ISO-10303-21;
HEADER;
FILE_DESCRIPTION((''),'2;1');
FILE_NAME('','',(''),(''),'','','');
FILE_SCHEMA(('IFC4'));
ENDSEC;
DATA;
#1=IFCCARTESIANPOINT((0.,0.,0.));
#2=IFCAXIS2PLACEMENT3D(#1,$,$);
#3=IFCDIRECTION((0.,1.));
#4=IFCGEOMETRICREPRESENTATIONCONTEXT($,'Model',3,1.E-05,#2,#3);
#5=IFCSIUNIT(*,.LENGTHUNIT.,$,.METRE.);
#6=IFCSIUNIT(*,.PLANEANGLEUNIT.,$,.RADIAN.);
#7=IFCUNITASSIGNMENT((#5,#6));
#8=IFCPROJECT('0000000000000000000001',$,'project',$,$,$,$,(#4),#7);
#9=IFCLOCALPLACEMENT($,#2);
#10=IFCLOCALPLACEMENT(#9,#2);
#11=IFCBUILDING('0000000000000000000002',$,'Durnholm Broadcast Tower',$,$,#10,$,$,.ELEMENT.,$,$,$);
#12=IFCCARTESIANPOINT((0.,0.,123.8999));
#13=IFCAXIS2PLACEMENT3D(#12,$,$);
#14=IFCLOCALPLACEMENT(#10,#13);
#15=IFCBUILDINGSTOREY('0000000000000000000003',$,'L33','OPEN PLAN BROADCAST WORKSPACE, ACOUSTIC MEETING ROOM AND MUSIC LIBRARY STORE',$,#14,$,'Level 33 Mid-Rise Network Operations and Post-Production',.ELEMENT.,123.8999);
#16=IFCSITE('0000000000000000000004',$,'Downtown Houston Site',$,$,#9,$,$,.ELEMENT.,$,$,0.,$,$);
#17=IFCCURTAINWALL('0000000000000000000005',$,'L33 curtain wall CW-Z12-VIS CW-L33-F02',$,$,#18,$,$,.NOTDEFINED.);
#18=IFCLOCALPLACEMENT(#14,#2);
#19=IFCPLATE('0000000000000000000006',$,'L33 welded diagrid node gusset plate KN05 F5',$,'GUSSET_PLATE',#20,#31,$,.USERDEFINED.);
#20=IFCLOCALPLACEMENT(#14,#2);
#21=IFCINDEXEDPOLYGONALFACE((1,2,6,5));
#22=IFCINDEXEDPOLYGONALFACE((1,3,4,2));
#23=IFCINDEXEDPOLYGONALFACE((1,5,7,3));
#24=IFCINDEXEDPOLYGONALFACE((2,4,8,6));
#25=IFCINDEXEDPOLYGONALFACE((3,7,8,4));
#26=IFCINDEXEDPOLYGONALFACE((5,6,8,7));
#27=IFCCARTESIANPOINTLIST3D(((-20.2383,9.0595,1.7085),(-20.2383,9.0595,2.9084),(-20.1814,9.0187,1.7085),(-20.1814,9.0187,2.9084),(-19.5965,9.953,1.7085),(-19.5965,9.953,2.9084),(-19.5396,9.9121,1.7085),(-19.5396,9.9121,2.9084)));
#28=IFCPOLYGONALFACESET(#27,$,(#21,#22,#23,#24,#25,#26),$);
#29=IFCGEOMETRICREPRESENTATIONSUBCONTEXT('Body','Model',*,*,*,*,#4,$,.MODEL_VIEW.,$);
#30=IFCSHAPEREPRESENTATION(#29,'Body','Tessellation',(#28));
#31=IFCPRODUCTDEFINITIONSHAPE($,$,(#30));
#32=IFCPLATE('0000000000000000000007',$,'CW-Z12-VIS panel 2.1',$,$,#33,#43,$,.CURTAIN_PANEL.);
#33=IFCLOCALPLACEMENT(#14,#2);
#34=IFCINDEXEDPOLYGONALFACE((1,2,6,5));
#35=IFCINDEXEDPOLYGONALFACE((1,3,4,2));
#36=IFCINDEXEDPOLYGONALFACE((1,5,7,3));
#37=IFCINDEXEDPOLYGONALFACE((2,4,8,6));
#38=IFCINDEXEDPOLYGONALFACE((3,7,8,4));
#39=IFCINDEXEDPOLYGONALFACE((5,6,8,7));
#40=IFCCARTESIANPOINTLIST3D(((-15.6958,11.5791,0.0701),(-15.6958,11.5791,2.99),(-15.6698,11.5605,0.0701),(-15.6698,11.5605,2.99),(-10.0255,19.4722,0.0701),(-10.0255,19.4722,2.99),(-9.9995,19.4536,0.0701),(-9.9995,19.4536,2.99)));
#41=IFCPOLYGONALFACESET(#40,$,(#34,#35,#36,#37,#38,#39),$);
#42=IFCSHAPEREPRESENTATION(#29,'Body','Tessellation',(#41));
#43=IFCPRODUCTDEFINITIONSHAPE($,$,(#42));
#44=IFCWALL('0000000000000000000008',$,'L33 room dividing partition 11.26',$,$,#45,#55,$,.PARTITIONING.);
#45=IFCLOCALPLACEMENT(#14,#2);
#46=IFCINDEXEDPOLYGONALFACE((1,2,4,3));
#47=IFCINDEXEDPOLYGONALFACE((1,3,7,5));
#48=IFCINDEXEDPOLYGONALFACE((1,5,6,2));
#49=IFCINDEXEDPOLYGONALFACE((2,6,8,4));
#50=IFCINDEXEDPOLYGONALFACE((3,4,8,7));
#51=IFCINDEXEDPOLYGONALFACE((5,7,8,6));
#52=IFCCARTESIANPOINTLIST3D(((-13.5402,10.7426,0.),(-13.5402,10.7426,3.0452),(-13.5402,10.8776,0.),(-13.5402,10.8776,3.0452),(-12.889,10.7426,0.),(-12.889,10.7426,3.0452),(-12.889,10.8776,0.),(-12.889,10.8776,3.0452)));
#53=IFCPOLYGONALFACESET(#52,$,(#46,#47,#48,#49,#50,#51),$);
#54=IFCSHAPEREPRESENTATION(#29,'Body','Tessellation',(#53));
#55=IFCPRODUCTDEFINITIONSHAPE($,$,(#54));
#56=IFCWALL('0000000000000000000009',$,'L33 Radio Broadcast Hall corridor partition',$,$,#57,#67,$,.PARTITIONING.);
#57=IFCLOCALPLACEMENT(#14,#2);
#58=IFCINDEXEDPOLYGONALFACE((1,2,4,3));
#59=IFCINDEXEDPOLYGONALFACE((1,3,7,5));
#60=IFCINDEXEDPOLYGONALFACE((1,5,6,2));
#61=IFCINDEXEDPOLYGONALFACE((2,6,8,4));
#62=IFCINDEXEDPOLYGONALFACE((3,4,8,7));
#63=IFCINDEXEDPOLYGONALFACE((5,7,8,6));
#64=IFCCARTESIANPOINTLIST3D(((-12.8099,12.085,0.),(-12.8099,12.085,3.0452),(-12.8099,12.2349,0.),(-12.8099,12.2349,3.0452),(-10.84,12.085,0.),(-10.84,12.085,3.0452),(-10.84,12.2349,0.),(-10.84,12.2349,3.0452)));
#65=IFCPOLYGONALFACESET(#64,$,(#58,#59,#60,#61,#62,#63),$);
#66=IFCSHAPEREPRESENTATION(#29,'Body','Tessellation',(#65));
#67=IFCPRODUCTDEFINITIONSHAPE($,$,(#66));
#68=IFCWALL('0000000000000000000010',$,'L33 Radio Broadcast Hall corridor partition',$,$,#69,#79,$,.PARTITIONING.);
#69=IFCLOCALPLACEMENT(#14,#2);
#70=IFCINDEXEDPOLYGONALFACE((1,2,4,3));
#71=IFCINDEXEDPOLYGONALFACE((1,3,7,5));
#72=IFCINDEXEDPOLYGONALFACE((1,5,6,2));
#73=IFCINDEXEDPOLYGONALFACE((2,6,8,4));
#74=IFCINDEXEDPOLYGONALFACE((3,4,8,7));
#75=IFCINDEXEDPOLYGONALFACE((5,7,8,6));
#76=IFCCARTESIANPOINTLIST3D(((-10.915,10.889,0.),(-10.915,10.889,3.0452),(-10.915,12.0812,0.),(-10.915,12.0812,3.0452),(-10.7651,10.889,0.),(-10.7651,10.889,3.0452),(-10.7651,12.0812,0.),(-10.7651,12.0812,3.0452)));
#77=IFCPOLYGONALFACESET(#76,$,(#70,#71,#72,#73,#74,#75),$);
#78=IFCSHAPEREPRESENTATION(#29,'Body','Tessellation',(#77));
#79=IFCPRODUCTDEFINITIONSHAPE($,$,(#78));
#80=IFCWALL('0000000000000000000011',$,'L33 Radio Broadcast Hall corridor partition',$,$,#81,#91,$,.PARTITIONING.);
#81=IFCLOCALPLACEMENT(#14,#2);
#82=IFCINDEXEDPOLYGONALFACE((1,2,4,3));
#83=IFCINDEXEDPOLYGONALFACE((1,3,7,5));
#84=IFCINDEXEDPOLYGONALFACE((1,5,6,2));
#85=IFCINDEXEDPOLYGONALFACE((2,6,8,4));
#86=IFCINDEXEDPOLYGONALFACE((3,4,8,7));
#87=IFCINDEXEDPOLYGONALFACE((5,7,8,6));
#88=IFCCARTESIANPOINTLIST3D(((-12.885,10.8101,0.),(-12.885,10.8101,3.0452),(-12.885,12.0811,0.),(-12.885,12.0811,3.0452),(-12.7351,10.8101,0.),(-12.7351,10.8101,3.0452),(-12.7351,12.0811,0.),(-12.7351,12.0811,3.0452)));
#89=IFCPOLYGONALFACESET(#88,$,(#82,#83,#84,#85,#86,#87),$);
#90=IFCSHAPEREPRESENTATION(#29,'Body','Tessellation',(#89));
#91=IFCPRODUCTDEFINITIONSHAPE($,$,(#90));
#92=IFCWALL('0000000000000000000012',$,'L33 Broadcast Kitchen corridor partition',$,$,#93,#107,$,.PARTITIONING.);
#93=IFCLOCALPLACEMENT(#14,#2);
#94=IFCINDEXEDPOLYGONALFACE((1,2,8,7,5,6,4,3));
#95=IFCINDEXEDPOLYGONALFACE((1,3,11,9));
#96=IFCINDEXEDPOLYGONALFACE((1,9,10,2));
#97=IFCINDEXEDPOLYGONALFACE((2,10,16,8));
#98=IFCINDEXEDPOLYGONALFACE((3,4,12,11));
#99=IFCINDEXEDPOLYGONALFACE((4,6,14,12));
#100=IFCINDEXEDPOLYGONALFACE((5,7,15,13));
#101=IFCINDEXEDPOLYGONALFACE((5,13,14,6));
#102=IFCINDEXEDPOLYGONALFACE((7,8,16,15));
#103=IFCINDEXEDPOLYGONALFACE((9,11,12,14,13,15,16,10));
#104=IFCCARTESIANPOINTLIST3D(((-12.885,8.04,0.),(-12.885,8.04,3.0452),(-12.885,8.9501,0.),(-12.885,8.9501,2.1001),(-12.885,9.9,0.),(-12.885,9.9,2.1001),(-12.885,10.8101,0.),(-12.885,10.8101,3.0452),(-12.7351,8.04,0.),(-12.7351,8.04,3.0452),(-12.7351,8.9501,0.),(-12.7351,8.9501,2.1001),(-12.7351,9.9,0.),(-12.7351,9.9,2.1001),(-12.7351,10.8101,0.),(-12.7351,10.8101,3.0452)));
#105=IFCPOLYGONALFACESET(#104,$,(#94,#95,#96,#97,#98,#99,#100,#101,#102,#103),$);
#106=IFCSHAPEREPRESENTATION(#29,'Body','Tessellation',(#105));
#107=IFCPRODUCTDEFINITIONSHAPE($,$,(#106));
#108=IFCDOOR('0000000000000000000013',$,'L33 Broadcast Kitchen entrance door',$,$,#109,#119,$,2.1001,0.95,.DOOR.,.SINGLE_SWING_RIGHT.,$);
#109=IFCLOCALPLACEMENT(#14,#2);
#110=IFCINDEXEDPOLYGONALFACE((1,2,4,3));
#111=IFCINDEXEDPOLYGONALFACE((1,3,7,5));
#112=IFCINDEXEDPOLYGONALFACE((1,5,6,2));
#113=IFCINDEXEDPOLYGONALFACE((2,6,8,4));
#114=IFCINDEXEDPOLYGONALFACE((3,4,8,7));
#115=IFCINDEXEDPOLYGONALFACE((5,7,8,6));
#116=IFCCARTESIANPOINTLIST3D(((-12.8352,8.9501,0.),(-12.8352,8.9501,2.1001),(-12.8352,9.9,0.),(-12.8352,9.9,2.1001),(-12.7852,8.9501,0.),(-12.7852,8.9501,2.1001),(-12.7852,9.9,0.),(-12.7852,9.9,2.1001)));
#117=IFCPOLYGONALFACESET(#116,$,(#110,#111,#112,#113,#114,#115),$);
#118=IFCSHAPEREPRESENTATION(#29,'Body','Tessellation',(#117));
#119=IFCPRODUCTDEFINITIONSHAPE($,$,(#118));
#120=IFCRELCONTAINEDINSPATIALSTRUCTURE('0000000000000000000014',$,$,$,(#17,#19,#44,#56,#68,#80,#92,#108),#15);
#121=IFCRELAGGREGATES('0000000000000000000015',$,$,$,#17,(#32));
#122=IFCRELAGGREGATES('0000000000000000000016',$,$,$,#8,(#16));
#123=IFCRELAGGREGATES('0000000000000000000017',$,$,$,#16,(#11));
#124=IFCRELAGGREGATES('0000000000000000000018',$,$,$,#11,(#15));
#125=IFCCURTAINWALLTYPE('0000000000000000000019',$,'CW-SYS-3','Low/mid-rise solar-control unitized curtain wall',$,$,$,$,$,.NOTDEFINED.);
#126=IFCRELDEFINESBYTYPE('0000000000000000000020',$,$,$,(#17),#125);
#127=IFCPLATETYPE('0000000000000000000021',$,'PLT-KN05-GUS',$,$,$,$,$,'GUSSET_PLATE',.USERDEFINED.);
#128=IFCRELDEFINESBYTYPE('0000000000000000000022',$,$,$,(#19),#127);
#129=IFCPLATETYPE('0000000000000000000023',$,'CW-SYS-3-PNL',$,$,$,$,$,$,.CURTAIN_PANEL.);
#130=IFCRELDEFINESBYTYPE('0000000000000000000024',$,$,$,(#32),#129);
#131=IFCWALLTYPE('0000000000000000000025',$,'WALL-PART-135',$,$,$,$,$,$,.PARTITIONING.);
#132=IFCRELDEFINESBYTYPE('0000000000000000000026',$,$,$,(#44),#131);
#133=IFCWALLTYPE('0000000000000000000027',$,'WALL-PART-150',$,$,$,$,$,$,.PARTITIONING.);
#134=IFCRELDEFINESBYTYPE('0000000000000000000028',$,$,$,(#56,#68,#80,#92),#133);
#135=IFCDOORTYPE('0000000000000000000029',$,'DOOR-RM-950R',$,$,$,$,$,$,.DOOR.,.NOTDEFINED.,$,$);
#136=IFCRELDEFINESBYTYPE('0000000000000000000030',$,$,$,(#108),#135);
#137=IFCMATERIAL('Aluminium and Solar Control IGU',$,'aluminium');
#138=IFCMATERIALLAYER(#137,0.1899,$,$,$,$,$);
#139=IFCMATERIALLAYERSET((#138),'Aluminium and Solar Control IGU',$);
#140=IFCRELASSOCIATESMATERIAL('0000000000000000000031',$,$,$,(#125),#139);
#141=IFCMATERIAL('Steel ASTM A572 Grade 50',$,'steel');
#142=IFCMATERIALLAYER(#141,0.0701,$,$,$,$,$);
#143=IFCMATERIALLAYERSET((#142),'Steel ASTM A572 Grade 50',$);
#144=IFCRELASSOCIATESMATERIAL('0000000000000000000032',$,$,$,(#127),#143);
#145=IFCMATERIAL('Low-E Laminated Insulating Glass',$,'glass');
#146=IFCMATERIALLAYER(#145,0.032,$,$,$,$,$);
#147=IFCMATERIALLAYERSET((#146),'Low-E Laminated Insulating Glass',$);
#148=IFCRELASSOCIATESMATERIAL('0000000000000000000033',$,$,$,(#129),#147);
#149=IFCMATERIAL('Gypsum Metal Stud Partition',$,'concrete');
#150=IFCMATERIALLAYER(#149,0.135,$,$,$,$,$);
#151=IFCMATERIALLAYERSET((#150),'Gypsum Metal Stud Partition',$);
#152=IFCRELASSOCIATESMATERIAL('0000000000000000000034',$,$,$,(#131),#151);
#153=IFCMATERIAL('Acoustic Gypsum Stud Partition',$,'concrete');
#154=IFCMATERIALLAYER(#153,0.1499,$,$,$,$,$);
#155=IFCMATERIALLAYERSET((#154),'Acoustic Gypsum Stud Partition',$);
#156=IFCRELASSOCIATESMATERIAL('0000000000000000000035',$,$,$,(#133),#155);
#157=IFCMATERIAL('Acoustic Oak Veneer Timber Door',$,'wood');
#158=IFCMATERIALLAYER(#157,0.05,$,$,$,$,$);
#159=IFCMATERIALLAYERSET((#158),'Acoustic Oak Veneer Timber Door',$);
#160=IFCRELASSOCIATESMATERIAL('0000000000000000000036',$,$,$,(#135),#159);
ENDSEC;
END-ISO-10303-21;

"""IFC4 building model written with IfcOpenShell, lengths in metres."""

from ifc_helpers import new_model, si_unit, direction, frame, frame_2d, origin, origin_2d, place, context, subcontext, project, spatial, rectangle, extrude, source, transform, mapped, material, layer, layer_set, type_object, type_shapes, element, fill, aggregate, save


model = new_model("IFC4")

# Units and contexts
model_context = context("Model", 3, precision=1e-05, world=origin(), true_north=direction((0.0, 1.0)))
body_context = subcontext(model_context, "Body", "Model", "MODEL_VIEW")
ifc_project = project(units=[si_unit("LENGTHUNIT", "METRE"), si_unit("PLANEANGLEUNIT", "RADIAN")], contexts=[model_context])

# Site, building, storey
site_placement = place(None, origin())
site = spatial("IfcSite", under=ifc_project, at=site_placement, Name="Downtown Houston Site", CompositionType="ELEMENT", RefElevation=0.0)
building_placement = place(site_placement, origin())
building = spatial("IfcBuilding", under=site, at=building_placement, Name="Durnholm Broadcast Tower", CompositionType="ELEMENT")
storey_placement = place(building_placement, frame((0.0, 0.0, 123.8999)))
storey = spatial("IfcBuildingStorey", under=building, at=storey_placement, Name="L33", Description="OPEN PLAN BROADCAST WORKSPACE, ACOUSTIC MEETING ROOM AND MUSIC LIBRARY STORE", LongName="Level 33 Mid-Rise Network Operations and Post-Production", CompositionType="ELEMENT", Elevation=123.8999)

# Shared definitions
ifc_material_1 = material(Name="Aluminium and Solar Control IGU", Category="aluminium")

# Curtain wall
ifc_layer_1 = layer(ifc_material_1, 0.1899)
ifc_layer_set_1 = layer_set([ifc_layer_1], Name="Aluminium and Solar Control IGU")
curtain_wall_type_1 = type_object("IfcCurtainWallType", Name="CW-SYS-3", Description="Low/mid-rise solar-control unitized curtain wall", PredefinedType="NOTDEFINED", material=ifc_layer_set_1)
curtain_wall_1_placement = place(storey_placement, origin())
curtain_wall_1 = element("IfcCurtainWall", 1, at=curtain_wall_1_placement, inside=storey, type_object=curtain_wall_type_1, Name="L33 curtain wall CW-Z12-VIS CW-L33-F02", PredefinedType="NOTDEFINED")

# Plate
ifc_material_2 = material(Name="Steel ASTM A572 Grade 50", Category="steel")
ifc_layer_2 = layer(ifc_material_2, 0.0701)
ifc_layer_set_2 = layer_set([ifc_layer_2], Name="Steel ASTM A572 Grade 50")
plate_type_1 = type_object("IfcPlateType", Name="PLT-KN05-GUS", ElementType="GUSSET_PLATE", PredefinedType="USERDEFINED", material=ifc_layer_set_2)
shared_shape_1 = source(origin(), body_context, "Body", "SweptSolid", [
    extrude(rectangle(XDim=1.1001, YDim=0.0701, at=origin_2d()), origin(), (0.0, 0.0, 1.0), 1.2),
])
type_shapes(plate_type_1, [shared_shape_1])
for number, where, z_axis, x_axis, name in (
    (2, (-19.8889, 9.4858, 1.7085), (0.0, 0.0, 1.0), (-0.583399, -0.812185, 0.0), "L33 welded diagrid node gusset plate KN05 F5"),
):
    element("IfcPlate", number, at=place(storey_placement, frame(where, z_axis=z_axis, x_axis=x_axis)), inside=storey, type_object=plate_type_1, Name=name, ObjectType="GUSSET_PLATE", PredefinedType="USERDEFINED", context=body_context, shape_type="MappedRepresentation", body=[
        mapped(shared_shape_1, transform((0.0, 0.0, 0.0), x_axis=(1.0, 0.0, 0.0), y_axis=(0.0, 1.0, 0.0), z_axis=(0.0, 0.0, 1.0), scale=1.0)),
    ])

# Plate
ifc_material_3 = material(Name="Low-E Laminated Insulating Glass", Category="glass")
ifc_layer_3 = layer(ifc_material_3, 0.032)
ifc_layer_set_3 = layer_set([ifc_layer_3], Name="Low-E Laminated Insulating Glass")
plate_type_2 = type_object("IfcPlateType", Name="CW-SYS-3-PNL", PredefinedType="CURTAIN_PANEL", material=ifc_layer_set_3)
shared_shape_2 = source(origin(), body_context, "Body", "SweptSolid", [
    extrude(rectangle(XDim=9.7188, YDim=0.032, at=origin_2d()), origin(), (0.0, 0.0, 1.0), 2.9199),
])
type_shapes(plate_type_2, [shared_shape_2])
plate_1_placement = place(storey_placement, frame((-12.8477, 15.5164, 0.0701), z_axis=(0.0, 0.0, 1.0), x_axis=(0.583445, 0.812152, 0.0)))
plate_1 = element("IfcPlate", 3, at=plate_1_placement, type_object=plate_type_2, Name="CW-Z12-VIS panel 2.1", PredefinedType="CURTAIN_PANEL", context=body_context, shape_type="MappedRepresentation", body=[
    mapped(shared_shape_2, transform((0.0, 0.0, 0.0), x_axis=(1.0, 0.0, 0.0), y_axis=(0.0, 1.0, 0.0), z_axis=(0.0, 0.0, 1.0), scale=1.0)),
])
aggregate(curtain_wall_1, [plate_1])

# Walls
ifc_material_4 = material(Name="Gypsum Metal Stud Partition", Category="concrete")
ifc_layer_4 = layer(ifc_material_4, 0.135)
ifc_layer_set_4 = layer_set([ifc_layer_4], Name="Gypsum Metal Stud Partition")
wall_type_1 = type_object("IfcWallType", Name="WALL-PART-135", PredefinedType="PARTITIONING", material=ifc_layer_set_4)
wall_1_placement = place(storey_placement, frame((-12.8889, 10.8101, 0.0), z_axis=(0.0, 0.0, 1.0), x_axis=(-1.0, 0.0, 0.0)))
element("IfcWall", 4, at=wall_1_placement, inside=storey, type_object=wall_type_1, Name="L33 room dividing partition 11.26", PredefinedType="PARTITIONING", context=body_context, shape_type="SweptSolid", body=[
    extrude(rectangle(XDim=0.6511, YDim=0.135, at=frame_2d((0.3257, 0.0))), origin(), (0.0, 0.0, 1.0), 3.0452),
])
ifc_material_5 = material(Name="Acoustic Gypsum Stud Partition", Category="concrete")
ifc_layer_5 = layer(ifc_material_5, 0.1499)
ifc_layer_set_5 = layer_set([ifc_layer_5], Name="Acoustic Gypsum Stud Partition")
wall_type_2 = type_object("IfcWallType", Name="WALL-PART-150", PredefinedType="PARTITIONING", material=ifc_layer_set_5)
wall_2_placement = place(storey_placement, frame((-10.8401, 12.1599, 0.0), z_axis=(0.0, 0.0, 1.0), x_axis=(-1.0, 0.0, 0.0)))
element("IfcWall", 5, at=wall_2_placement, inside=storey, type_object=wall_type_2, Name="L33 Radio Broadcast Hall corridor partition", PredefinedType="PARTITIONING", context=body_context, shape_type="SweptSolid", body=[
    extrude(rectangle(XDim=1.97, YDim=0.1499, at=frame_2d((0.9849, 0.0))), origin(), (0.0, 0.0, 1.0), 3.0452),
])
wall_3_placement = place(storey_placement, frame((-10.8401, 10.8889, 0.0), z_axis=(0.0, 0.0, 1.0), x_axis=(0.0, 1.0, 0.0)))
element("IfcWall", 6, at=wall_3_placement, inside=storey, type_object=wall_type_2, Name="L33 Radio Broadcast Hall corridor partition", PredefinedType="PARTITIONING", context=body_context, shape_type="SweptSolid", body=[
    extrude(rectangle(XDim=1.1921, YDim=0.1499, at=frame_2d((0.5962, 0.0))), origin(), (0.0, 0.0, 1.0), 3.0452),
])
wall_4_placement = place(storey_placement, frame((-12.8101, 12.0811, 0.0), z_axis=(0.0, 0.0, 1.0), x_axis=(0.0, -1.0, 0.0)))
element("IfcWall", 7, at=wall_4_placement, inside=storey, type_object=wall_type_2, Name="L33 Radio Broadcast Hall corridor partition", PredefinedType="PARTITIONING", context=body_context, shape_type="SweptSolid", body=[
    extrude(rectangle(XDim=1.271, YDim=0.1499, at=frame_2d((0.6355, 0.0))), origin(), (0.0, 0.0, 1.0), 3.0452),
])

# Wall, opening, door
wall_5_placement = place(storey_placement, frame((-12.8101, 10.8101, 0.0), z_axis=(0.0, 0.0, 1.0), x_axis=(0.0, -1.0, 0.0)))
wall_5 = element("IfcWall", 8, at=wall_5_placement, inside=storey, type_object=wall_type_2, Name="L33 Broadcast Kitchen corridor partition", PredefinedType="PARTITIONING", context=body_context, shape_type="SweptSolid", body=[
    extrude(rectangle(XDim=2.77, YDim=0.1499, at=frame_2d((1.385, 0.0))), origin(), (0.0, 0.0, 1.0), 3.0452),
])
opening_placement = place(wall_5_placement, frame((0.9099, 0.0, 0.0)))
opening = element("IfcOpeningElement", 9, at=opening_placement, cuts=wall_5, PredefinedType="OPENING", context=body_context, shape_type="SweptSolid", body=[
    extrude(rectangle(XDim=0.95, YDim=2.1001, at=frame_2d((0.4751, 1.05))), frame((0.0, 0.085, 0.0), z_axis=(0.0, -1.0, 0.0), x_axis=(1.0, 0.0, 0.0)), (0.0, 0.0, 1.0), 0.1699),
])
ifc_material_6 = material(Name="Acoustic Oak Veneer Timber Door", Category="wood")
ifc_layer_6 = layer(ifc_material_6, 0.05)
ifc_layer_set_6 = layer_set([ifc_layer_6], Name="Acoustic Oak Veneer Timber Door")
door_type = type_object("IfcDoorType", Name="DOOR-RM-950R", OperationType="NOTDEFINED", PredefinedType="DOOR", material=ifc_layer_set_6)
shared_shape_3 = source(origin(), body_context, "Body", "SweptSolid", [
    extrude(rectangle(XDim=0.95, YDim=2.1001, at=frame_2d((0.4751, 1.05))), frame((0.0, 0.0249, 0.0), z_axis=(0.0, -1.0, 0.0), x_axis=(1.0, 0.0, 0.0)), (0.0, 0.0, 1.0), 0.05),
])
type_shapes(door_type, [shared_shape_3])
door_placement = place(opening_placement, origin())
door = element("IfcDoor", 10, at=door_placement, inside=storey, type_object=door_type, Name="L33 Broadcast Kitchen entrance door", OperationType="SINGLE_SWING_RIGHT", OverallHeight=2.1001, OverallWidth=0.95, PredefinedType="DOOR", context=body_context, shape_type="MappedRepresentation", body=[
    mapped(shared_shape_3, transform((0.0, 0.0, 0.0), x_axis=(1.0, 0.0, 0.0), y_axis=(0.0, 1.0, 0.0), z_axis=(0.0, 0.0, 1.0), scale=1.0)),
])
fill(opening, door)

save(model, "model.ifc")
